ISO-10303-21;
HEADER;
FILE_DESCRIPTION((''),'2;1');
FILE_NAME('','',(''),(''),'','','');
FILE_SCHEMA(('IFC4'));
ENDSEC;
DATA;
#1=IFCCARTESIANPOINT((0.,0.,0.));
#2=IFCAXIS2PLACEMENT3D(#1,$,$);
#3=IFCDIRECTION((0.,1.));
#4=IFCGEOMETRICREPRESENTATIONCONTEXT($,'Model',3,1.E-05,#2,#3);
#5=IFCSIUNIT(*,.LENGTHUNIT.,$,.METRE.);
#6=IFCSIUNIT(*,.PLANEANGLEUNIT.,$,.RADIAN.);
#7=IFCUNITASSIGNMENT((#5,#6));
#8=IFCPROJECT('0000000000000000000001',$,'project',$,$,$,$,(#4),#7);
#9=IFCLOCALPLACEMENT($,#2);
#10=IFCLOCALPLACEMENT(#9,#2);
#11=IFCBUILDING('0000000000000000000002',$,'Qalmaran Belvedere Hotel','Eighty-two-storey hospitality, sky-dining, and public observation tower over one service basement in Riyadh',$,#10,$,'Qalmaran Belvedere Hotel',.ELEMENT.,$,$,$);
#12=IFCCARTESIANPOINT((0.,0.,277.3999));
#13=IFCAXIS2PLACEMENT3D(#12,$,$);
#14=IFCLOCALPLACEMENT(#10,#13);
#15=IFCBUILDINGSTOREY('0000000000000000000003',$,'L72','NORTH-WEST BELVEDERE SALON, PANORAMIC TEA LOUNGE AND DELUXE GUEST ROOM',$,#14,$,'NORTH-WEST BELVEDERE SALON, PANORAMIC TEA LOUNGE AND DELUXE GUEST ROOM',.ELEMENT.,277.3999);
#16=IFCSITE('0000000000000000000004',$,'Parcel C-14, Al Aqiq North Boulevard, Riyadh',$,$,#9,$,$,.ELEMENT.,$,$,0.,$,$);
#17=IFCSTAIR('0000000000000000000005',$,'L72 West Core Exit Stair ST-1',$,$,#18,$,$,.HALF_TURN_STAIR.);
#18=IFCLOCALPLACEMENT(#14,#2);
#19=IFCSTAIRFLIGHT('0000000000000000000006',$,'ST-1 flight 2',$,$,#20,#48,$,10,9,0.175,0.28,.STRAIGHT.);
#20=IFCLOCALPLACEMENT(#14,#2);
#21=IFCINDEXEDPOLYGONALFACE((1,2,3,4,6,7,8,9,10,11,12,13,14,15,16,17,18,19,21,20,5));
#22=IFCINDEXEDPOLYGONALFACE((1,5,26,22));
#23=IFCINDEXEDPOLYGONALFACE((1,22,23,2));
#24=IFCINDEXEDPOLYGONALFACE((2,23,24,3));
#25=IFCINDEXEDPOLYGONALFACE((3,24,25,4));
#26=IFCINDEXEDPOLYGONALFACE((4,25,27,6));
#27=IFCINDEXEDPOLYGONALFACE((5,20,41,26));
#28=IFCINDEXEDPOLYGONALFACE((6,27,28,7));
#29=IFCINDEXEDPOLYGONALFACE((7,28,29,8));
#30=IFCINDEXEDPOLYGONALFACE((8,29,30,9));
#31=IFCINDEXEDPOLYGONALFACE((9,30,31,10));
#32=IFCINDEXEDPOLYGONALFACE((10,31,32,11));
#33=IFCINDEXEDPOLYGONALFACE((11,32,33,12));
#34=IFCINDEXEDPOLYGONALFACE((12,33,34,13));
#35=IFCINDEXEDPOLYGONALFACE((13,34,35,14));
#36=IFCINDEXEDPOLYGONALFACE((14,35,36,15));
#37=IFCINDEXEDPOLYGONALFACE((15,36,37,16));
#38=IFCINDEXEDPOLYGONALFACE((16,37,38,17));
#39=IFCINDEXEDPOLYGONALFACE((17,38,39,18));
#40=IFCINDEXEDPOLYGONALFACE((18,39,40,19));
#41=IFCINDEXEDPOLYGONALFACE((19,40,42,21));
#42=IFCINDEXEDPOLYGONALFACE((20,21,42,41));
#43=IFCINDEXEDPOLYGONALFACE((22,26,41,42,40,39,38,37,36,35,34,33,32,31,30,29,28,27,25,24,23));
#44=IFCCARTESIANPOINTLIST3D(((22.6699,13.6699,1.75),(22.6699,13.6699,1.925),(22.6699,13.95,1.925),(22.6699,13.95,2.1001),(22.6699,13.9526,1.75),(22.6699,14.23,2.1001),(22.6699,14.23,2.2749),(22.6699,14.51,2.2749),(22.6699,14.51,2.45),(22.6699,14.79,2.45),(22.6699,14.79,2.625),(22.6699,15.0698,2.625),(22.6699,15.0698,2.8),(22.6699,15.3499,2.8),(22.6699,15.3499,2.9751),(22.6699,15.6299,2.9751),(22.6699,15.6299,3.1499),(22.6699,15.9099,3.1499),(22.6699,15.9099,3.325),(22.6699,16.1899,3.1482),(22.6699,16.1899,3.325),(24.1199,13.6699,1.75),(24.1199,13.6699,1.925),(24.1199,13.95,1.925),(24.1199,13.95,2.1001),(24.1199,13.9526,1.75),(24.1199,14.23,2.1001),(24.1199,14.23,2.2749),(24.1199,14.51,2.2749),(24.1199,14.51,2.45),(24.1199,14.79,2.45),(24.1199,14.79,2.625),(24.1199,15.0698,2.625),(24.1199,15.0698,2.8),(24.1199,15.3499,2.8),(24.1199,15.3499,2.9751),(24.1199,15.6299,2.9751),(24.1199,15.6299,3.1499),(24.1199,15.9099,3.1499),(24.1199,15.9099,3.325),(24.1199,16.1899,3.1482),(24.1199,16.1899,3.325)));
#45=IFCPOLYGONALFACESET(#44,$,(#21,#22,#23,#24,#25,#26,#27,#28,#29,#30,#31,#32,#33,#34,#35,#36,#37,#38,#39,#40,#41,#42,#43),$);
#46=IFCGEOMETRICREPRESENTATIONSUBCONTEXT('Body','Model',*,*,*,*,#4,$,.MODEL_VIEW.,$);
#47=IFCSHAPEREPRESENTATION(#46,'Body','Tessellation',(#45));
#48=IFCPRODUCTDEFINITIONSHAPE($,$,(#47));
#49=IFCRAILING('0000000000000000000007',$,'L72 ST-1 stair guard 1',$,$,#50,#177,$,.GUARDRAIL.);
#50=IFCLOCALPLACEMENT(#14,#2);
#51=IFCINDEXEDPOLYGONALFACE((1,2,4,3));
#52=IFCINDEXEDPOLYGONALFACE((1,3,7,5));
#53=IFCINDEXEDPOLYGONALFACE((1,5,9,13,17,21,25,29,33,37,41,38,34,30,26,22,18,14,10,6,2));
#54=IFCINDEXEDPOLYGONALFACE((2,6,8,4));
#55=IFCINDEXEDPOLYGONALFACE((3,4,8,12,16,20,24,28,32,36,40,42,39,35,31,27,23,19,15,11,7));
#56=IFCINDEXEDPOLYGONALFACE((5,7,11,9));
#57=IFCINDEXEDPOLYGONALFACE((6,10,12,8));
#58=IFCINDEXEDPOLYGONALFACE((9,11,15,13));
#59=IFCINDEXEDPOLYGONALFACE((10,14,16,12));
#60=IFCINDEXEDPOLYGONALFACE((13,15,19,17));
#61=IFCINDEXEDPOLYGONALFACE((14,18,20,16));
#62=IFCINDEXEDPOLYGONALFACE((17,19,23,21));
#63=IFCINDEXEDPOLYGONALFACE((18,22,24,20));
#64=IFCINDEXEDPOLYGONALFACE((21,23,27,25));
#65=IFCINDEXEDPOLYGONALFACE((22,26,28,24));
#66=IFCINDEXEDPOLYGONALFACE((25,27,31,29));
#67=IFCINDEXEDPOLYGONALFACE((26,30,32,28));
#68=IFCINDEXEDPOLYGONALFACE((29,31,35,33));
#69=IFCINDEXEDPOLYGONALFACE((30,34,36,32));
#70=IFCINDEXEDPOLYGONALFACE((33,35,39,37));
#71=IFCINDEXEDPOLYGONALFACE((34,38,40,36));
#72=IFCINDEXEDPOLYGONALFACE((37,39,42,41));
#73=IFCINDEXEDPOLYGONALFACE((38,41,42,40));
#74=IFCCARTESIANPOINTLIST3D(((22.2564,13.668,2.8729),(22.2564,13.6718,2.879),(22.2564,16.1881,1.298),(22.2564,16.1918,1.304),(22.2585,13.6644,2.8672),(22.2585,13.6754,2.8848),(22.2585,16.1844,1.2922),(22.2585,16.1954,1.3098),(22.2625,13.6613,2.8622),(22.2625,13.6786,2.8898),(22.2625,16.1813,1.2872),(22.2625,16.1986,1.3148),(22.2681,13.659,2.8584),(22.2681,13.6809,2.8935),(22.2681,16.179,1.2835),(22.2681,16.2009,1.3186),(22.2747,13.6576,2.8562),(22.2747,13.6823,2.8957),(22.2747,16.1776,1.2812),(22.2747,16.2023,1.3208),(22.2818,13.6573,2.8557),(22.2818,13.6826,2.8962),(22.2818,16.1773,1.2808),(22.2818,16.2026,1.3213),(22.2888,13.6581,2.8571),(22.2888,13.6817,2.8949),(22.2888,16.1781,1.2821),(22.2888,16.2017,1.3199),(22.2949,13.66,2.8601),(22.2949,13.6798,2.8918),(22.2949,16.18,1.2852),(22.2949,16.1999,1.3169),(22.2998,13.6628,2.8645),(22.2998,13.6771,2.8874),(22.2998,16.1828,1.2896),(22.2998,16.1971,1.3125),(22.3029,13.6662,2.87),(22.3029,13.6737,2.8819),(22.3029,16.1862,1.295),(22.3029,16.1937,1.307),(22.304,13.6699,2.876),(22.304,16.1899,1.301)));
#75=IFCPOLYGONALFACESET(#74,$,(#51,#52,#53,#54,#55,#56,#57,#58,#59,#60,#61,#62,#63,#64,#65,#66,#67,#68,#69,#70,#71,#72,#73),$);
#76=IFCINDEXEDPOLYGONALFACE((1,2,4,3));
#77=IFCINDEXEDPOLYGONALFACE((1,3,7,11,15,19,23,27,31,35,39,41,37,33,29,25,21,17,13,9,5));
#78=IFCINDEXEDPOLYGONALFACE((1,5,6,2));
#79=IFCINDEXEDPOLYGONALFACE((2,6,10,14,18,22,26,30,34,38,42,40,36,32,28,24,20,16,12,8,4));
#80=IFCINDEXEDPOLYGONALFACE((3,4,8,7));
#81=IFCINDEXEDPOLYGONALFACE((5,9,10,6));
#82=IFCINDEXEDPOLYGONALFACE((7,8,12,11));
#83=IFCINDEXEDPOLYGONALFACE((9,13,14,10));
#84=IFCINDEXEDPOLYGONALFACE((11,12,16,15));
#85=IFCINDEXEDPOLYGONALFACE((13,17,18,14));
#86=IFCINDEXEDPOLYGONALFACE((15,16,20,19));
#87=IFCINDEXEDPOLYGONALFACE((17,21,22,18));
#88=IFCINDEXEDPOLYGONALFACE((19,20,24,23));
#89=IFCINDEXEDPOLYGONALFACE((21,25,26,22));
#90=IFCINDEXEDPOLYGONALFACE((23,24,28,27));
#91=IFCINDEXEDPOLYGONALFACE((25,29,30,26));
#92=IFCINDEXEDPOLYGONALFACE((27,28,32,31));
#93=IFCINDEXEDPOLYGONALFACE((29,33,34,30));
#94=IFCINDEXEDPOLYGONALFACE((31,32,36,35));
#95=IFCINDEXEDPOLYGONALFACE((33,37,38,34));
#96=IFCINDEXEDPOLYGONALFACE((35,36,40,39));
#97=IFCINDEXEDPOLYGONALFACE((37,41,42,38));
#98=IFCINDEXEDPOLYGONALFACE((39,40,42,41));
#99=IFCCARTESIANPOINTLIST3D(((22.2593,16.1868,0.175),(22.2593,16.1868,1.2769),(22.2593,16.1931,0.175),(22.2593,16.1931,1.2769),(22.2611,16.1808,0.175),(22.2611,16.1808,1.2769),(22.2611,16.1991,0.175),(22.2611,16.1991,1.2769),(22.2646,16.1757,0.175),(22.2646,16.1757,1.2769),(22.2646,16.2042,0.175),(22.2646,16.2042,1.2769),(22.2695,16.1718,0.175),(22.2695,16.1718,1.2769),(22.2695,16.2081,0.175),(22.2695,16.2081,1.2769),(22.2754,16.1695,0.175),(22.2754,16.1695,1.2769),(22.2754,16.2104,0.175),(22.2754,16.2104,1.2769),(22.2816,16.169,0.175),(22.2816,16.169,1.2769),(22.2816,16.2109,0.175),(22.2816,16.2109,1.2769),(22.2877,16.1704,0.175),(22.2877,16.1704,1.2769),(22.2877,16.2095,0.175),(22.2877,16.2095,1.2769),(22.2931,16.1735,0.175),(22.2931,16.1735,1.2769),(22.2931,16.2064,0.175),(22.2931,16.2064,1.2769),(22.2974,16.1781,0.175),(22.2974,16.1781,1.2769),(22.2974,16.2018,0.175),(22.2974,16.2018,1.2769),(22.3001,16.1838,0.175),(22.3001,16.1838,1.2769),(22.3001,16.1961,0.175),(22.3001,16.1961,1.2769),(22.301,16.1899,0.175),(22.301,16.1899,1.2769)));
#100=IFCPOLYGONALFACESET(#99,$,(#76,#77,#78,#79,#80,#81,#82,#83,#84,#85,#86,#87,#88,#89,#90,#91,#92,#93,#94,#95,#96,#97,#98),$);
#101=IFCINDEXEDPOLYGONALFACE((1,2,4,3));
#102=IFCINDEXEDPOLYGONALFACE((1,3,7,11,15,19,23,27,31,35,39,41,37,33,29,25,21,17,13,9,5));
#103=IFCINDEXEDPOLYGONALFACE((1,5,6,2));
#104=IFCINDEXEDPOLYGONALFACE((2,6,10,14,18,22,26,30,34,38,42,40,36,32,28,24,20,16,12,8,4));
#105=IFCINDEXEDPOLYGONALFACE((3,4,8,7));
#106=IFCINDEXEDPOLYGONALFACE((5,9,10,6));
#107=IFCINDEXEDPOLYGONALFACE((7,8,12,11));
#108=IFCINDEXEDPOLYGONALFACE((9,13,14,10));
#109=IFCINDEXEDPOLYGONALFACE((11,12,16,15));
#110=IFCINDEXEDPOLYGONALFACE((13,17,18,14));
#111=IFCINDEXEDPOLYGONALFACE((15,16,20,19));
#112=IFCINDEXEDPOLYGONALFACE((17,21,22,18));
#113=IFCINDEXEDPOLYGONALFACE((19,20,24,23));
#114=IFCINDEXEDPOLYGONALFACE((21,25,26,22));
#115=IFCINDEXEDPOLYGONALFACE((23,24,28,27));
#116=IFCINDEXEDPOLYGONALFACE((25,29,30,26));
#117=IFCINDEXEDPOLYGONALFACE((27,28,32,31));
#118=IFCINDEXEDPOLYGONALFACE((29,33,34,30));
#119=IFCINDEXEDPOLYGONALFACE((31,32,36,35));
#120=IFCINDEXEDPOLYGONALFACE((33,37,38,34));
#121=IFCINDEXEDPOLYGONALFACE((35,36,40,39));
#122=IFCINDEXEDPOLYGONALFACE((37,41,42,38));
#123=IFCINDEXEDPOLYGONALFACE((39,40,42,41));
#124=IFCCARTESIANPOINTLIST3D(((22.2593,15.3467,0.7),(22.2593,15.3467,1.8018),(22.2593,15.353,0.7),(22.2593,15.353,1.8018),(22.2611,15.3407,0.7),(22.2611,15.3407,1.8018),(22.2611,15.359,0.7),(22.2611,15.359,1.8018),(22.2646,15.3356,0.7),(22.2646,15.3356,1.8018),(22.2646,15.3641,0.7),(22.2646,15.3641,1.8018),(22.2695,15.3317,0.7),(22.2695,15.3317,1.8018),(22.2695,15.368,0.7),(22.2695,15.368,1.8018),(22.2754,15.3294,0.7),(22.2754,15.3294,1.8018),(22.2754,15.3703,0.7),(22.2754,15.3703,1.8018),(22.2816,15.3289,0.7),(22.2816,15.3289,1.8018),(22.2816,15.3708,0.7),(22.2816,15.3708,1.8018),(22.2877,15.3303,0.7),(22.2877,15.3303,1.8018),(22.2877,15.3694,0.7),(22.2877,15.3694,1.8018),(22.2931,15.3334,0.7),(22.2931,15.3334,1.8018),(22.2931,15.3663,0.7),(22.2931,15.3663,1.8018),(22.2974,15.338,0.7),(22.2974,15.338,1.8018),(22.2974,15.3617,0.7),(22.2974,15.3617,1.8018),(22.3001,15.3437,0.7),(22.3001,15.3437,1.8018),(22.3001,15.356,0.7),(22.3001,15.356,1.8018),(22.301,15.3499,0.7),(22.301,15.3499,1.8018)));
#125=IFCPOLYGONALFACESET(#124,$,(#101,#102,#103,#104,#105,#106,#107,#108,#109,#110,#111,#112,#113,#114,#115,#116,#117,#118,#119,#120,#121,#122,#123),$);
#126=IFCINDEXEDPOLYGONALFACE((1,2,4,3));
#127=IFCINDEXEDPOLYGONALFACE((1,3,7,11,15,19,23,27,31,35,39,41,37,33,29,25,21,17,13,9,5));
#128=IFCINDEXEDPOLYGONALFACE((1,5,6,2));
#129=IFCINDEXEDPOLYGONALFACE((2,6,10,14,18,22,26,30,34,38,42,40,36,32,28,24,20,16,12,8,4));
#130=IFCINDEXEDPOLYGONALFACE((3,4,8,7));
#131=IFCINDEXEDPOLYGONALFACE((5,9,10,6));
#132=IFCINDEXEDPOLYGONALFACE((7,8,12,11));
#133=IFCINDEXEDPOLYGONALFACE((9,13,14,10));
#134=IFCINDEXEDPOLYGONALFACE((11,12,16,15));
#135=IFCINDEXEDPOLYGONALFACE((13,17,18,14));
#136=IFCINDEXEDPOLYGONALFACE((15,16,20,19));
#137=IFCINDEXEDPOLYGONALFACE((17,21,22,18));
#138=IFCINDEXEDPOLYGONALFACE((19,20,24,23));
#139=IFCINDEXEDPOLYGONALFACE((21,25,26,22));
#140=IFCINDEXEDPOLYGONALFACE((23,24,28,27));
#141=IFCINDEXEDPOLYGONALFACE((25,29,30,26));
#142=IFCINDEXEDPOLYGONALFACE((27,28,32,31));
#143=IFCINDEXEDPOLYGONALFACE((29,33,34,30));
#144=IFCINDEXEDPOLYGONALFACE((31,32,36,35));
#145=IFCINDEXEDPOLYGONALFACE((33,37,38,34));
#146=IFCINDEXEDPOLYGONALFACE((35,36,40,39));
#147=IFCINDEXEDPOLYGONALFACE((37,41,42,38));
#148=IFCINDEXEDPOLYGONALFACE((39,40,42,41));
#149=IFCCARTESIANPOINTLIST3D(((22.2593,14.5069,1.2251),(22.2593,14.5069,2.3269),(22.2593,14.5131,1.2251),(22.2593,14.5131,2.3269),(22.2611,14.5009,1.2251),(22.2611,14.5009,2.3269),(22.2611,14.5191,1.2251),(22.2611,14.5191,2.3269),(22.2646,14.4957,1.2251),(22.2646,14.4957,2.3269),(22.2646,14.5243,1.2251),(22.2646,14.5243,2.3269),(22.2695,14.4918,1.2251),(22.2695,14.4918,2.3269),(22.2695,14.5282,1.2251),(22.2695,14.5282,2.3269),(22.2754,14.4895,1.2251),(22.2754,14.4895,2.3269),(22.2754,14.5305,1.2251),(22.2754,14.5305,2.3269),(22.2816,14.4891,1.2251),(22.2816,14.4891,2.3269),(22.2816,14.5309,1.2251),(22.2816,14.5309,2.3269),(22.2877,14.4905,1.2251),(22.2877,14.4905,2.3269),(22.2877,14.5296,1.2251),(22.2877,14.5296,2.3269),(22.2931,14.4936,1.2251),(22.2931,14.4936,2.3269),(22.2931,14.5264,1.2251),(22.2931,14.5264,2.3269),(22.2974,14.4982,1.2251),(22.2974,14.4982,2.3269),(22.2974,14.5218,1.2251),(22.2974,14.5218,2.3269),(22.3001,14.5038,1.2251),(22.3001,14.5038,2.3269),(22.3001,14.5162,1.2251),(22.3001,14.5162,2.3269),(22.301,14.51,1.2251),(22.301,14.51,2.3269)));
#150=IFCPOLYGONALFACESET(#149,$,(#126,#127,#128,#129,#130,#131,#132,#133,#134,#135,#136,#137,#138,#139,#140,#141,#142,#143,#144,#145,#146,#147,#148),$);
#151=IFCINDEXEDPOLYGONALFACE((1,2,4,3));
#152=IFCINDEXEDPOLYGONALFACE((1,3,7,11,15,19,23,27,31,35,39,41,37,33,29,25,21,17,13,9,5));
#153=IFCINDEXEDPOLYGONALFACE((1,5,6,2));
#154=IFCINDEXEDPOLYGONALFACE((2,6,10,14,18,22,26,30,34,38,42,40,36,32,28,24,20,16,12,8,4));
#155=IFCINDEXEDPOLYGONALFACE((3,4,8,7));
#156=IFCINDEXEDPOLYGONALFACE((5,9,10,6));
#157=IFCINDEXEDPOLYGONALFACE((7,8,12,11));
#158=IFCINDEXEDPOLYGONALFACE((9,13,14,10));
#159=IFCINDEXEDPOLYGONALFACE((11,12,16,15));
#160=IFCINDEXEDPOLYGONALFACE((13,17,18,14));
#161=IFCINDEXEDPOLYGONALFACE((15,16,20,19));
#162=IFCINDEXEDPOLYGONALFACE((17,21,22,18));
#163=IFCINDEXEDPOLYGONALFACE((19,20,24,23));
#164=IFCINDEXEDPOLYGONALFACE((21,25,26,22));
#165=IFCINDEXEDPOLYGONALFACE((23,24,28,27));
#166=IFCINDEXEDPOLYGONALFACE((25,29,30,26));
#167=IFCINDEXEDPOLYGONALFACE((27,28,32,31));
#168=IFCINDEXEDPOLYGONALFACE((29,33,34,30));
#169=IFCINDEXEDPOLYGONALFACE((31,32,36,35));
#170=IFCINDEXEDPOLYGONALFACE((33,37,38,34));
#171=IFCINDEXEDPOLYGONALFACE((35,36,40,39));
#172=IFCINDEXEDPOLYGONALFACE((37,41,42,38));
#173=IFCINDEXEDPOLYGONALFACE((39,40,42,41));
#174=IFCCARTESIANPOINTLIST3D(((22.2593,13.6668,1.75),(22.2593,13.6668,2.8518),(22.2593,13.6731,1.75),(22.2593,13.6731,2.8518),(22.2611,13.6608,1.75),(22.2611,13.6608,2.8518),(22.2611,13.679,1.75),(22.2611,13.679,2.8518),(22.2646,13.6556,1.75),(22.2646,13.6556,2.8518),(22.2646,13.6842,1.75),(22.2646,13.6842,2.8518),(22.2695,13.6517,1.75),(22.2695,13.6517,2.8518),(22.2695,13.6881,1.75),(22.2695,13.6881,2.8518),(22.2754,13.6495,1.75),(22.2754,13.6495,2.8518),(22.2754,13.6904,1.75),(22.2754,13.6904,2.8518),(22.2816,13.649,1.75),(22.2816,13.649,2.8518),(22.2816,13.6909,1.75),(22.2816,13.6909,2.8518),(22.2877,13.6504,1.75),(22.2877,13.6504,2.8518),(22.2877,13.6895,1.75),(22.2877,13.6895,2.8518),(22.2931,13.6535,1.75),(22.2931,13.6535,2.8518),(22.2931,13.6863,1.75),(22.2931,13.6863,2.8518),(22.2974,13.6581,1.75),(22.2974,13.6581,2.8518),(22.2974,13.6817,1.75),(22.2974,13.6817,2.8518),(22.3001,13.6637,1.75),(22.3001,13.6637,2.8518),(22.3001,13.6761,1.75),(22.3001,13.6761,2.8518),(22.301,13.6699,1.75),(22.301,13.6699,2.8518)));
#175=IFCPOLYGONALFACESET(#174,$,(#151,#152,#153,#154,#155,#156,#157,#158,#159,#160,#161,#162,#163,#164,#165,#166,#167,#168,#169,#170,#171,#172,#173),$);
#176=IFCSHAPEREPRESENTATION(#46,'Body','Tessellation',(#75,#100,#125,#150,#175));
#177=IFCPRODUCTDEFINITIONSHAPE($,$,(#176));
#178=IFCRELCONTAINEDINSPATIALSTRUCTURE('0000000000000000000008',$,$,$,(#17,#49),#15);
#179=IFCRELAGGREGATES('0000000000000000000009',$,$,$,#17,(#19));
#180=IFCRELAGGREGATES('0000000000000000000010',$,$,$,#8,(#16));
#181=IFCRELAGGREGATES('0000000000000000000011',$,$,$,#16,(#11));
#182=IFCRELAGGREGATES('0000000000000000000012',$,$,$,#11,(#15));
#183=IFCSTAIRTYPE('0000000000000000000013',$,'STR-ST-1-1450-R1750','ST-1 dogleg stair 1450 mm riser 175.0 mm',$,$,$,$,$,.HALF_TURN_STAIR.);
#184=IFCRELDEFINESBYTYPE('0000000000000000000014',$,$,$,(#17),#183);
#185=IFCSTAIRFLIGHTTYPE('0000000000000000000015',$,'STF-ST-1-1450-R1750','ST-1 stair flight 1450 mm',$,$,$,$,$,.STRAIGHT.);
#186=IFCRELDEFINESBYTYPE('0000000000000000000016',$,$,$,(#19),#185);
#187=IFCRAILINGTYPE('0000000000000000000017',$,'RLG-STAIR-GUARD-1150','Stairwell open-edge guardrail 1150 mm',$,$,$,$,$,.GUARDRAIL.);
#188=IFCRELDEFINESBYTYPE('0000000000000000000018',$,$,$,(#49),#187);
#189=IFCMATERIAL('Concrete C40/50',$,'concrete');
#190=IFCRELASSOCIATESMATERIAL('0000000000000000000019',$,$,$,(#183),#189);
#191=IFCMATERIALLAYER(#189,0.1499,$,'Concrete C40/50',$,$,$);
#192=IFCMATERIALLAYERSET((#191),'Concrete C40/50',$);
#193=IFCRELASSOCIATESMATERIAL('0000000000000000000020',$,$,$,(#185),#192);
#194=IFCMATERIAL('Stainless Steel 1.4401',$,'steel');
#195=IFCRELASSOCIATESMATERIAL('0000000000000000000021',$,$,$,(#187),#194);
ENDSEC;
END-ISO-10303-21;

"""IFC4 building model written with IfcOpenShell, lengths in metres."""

from ifc_helpers import new_model, si_unit, direction, frame, origin, origin_2d, place, context, subcontext, project, spatial, polyline, circle, outline, extrude, material, layer, layer_set, type_object, element, aggregate, save


model = new_model("IFC4")

# Units and contexts
model_context = context("Model", 3, precision=1e-05, world=origin(), true_north=direction((0.0, 1.0)))
body_context = subcontext(model_context, "Body", "Model", "MODEL_VIEW")
ifc_project = project(units=[si_unit("LENGTHUNIT", "METRE"), si_unit("PLANEANGLEUNIT", "RADIAN")], contexts=[model_context])

# Site, building, storey
site_placement = place(None, origin())
site = spatial("IfcSite", under=ifc_project, at=site_placement, Name="Parcel C-14, Al Aqiq North Boulevard, Riyadh", CompositionType="ELEMENT", RefElevation=0.0)
building_placement = place(site_placement, origin())
building = spatial("IfcBuilding", under=site, at=building_placement, Name="Qalmaran Belvedere Hotel", Description="Eighty-two-storey hospitality, sky-dining, and public observation tower over one service basement in Riyadh", LongName="Qalmaran Belvedere Hotel", CompositionType="ELEMENT")
storey_placement = place(building_placement, frame((0.0, 0.0, 277.3999)))
storey = spatial("IfcBuildingStorey", under=building, at=storey_placement, Name="L72", Description="NORTH-WEST BELVEDERE SALON, PANORAMIC TEA LOUNGE AND DELUXE GUEST ROOM", LongName="NORTH-WEST BELVEDERE SALON, PANORAMIC TEA LOUNGE AND DELUXE GUEST ROOM", CompositionType="ELEMENT", Elevation=277.3999)

# Stair, stair flight
ifc_material_1 = material(Name="Concrete C40/50", Category="concrete")
stair_type = type_object("IfcStairType", Name="STR-ST-1-1450-R1750", Description="ST-1 dogleg stair 1450 mm riser 175.0 mm", PredefinedType="HALF_TURN_STAIR", material=ifc_material_1)
stair_placement = place(storey_placement, origin())
stair = element("IfcStair", 1, at=stair_placement, inside=storey, type_object=stair_type, Name="L72 West Core Exit Stair ST-1", PredefinedType="HALF_TURN_STAIR")
ifc_layer_1 = layer(ifc_material_1, 0.1499, Name="Concrete C40/50")
ifc_layer_set_1 = layer_set([ifc_layer_1], Name="Concrete C40/50")
stair_flight_type = type_object("IfcStairFlightType", Name="STF-ST-1-1450-R1750", Description="ST-1 stair flight 1450 mm", PredefinedType="STRAIGHT", material=ifc_layer_set_1)
stair_flight_1_placement = place(storey_placement, frame((23.395, 13.6699, 1.75), z_axis=(0.0, 0.0, 1.0), x_axis=(0.0, 1.0, 0.0)))
stair_flight_1 = element("IfcStairFlight", 2, at=stair_flight_1_placement, type_object=stair_flight_type, Name="ST-1 flight 2", NumberOfRisers=10, NumberOfTreads=9, PredefinedType="STRAIGHT", RiserHeight=0.175, TreadLength=0.28, context=body_context, shape_type="SweptSolid", body=[
    extrude(outline(polyline([(0.0, 0.0), (0.0, 0.175), (0.28, 0.175), (0.28, 0.3501), (0.5601, 0.3501), (0.5601, 0.5249), (0.8401, 0.5249), (0.8401, 0.7), (1.1201, 0.7), (1.1201, 0.875), (1.3999, 0.875), (1.3999, 1.05), (1.6799, 1.05), (1.6799, 1.2251), (1.96, 1.2251), (1.96, 1.3999), (2.24, 1.3999), (2.24, 1.575), (2.52, 1.575), (2.52, 1.75), (2.52, 1.3982), (0.2827, 0.0), (0.0, 0.0)])), frame((0.0, 0.7251, 0.0), z_axis=(0.0, -1.0, 0.0), x_axis=(1.0, 0.0, 0.0)), (0.0, 0.0, 1.0), 1.45),
])
aggregate(stair, [stair_flight_1])

# Railing
ifc_material_2 = material(Name="Stainless Steel 1.4401", Category="steel")
railing_type_1 = type_object("IfcRailingType", Name="RLG-STAIR-GUARD-1150", Description="Stairwell open-edge guardrail 1150 mm", PredefinedType="GUARDRAIL", material=ifc_material_2)
railing_1_placement = place(storey_placement, frame((22.28, 16.1899, 0.175)))
element("IfcRailing", 3, at=railing_1_placement, inside=storey, type_object=railing_type_1, Name="L72 ST-1 stair guard 1", PredefinedType="GUARDRAIL", context=body_context, shape_type="SweptSolid", body=[
    extrude(circle(Radius=0.0239, at=origin_2d()), frame((0.0, 0.0, 1.126), z_axis=(0.0, -0.848008, 0.529984), x_axis=(1.0, 0.0, 0.0)), (0.0, 0.0, 1.0), 2.9717),
    extrude(circle(Radius=0.021, at=origin_2d()), origin(), (0.0, 0.0, 1.0), 1.1018),
    extrude(circle(Radius=0.021, at=origin_2d()), frame((0.0, -0.8401, 0.5249)), (0.0, 0.0, 1.0), 1.1018),
    extrude(circle(Radius=0.021, at=origin_2d()), frame((0.0, -1.6799, 1.05)), (0.0, 0.0, 1.0), 1.1018),
    extrude(circle(Radius=0.021, at=origin_2d()), frame((0.0, -2.52, 1.575)), (0.0, 0.0, 1.0), 1.1018),
])

save(model, "model.ifc")
